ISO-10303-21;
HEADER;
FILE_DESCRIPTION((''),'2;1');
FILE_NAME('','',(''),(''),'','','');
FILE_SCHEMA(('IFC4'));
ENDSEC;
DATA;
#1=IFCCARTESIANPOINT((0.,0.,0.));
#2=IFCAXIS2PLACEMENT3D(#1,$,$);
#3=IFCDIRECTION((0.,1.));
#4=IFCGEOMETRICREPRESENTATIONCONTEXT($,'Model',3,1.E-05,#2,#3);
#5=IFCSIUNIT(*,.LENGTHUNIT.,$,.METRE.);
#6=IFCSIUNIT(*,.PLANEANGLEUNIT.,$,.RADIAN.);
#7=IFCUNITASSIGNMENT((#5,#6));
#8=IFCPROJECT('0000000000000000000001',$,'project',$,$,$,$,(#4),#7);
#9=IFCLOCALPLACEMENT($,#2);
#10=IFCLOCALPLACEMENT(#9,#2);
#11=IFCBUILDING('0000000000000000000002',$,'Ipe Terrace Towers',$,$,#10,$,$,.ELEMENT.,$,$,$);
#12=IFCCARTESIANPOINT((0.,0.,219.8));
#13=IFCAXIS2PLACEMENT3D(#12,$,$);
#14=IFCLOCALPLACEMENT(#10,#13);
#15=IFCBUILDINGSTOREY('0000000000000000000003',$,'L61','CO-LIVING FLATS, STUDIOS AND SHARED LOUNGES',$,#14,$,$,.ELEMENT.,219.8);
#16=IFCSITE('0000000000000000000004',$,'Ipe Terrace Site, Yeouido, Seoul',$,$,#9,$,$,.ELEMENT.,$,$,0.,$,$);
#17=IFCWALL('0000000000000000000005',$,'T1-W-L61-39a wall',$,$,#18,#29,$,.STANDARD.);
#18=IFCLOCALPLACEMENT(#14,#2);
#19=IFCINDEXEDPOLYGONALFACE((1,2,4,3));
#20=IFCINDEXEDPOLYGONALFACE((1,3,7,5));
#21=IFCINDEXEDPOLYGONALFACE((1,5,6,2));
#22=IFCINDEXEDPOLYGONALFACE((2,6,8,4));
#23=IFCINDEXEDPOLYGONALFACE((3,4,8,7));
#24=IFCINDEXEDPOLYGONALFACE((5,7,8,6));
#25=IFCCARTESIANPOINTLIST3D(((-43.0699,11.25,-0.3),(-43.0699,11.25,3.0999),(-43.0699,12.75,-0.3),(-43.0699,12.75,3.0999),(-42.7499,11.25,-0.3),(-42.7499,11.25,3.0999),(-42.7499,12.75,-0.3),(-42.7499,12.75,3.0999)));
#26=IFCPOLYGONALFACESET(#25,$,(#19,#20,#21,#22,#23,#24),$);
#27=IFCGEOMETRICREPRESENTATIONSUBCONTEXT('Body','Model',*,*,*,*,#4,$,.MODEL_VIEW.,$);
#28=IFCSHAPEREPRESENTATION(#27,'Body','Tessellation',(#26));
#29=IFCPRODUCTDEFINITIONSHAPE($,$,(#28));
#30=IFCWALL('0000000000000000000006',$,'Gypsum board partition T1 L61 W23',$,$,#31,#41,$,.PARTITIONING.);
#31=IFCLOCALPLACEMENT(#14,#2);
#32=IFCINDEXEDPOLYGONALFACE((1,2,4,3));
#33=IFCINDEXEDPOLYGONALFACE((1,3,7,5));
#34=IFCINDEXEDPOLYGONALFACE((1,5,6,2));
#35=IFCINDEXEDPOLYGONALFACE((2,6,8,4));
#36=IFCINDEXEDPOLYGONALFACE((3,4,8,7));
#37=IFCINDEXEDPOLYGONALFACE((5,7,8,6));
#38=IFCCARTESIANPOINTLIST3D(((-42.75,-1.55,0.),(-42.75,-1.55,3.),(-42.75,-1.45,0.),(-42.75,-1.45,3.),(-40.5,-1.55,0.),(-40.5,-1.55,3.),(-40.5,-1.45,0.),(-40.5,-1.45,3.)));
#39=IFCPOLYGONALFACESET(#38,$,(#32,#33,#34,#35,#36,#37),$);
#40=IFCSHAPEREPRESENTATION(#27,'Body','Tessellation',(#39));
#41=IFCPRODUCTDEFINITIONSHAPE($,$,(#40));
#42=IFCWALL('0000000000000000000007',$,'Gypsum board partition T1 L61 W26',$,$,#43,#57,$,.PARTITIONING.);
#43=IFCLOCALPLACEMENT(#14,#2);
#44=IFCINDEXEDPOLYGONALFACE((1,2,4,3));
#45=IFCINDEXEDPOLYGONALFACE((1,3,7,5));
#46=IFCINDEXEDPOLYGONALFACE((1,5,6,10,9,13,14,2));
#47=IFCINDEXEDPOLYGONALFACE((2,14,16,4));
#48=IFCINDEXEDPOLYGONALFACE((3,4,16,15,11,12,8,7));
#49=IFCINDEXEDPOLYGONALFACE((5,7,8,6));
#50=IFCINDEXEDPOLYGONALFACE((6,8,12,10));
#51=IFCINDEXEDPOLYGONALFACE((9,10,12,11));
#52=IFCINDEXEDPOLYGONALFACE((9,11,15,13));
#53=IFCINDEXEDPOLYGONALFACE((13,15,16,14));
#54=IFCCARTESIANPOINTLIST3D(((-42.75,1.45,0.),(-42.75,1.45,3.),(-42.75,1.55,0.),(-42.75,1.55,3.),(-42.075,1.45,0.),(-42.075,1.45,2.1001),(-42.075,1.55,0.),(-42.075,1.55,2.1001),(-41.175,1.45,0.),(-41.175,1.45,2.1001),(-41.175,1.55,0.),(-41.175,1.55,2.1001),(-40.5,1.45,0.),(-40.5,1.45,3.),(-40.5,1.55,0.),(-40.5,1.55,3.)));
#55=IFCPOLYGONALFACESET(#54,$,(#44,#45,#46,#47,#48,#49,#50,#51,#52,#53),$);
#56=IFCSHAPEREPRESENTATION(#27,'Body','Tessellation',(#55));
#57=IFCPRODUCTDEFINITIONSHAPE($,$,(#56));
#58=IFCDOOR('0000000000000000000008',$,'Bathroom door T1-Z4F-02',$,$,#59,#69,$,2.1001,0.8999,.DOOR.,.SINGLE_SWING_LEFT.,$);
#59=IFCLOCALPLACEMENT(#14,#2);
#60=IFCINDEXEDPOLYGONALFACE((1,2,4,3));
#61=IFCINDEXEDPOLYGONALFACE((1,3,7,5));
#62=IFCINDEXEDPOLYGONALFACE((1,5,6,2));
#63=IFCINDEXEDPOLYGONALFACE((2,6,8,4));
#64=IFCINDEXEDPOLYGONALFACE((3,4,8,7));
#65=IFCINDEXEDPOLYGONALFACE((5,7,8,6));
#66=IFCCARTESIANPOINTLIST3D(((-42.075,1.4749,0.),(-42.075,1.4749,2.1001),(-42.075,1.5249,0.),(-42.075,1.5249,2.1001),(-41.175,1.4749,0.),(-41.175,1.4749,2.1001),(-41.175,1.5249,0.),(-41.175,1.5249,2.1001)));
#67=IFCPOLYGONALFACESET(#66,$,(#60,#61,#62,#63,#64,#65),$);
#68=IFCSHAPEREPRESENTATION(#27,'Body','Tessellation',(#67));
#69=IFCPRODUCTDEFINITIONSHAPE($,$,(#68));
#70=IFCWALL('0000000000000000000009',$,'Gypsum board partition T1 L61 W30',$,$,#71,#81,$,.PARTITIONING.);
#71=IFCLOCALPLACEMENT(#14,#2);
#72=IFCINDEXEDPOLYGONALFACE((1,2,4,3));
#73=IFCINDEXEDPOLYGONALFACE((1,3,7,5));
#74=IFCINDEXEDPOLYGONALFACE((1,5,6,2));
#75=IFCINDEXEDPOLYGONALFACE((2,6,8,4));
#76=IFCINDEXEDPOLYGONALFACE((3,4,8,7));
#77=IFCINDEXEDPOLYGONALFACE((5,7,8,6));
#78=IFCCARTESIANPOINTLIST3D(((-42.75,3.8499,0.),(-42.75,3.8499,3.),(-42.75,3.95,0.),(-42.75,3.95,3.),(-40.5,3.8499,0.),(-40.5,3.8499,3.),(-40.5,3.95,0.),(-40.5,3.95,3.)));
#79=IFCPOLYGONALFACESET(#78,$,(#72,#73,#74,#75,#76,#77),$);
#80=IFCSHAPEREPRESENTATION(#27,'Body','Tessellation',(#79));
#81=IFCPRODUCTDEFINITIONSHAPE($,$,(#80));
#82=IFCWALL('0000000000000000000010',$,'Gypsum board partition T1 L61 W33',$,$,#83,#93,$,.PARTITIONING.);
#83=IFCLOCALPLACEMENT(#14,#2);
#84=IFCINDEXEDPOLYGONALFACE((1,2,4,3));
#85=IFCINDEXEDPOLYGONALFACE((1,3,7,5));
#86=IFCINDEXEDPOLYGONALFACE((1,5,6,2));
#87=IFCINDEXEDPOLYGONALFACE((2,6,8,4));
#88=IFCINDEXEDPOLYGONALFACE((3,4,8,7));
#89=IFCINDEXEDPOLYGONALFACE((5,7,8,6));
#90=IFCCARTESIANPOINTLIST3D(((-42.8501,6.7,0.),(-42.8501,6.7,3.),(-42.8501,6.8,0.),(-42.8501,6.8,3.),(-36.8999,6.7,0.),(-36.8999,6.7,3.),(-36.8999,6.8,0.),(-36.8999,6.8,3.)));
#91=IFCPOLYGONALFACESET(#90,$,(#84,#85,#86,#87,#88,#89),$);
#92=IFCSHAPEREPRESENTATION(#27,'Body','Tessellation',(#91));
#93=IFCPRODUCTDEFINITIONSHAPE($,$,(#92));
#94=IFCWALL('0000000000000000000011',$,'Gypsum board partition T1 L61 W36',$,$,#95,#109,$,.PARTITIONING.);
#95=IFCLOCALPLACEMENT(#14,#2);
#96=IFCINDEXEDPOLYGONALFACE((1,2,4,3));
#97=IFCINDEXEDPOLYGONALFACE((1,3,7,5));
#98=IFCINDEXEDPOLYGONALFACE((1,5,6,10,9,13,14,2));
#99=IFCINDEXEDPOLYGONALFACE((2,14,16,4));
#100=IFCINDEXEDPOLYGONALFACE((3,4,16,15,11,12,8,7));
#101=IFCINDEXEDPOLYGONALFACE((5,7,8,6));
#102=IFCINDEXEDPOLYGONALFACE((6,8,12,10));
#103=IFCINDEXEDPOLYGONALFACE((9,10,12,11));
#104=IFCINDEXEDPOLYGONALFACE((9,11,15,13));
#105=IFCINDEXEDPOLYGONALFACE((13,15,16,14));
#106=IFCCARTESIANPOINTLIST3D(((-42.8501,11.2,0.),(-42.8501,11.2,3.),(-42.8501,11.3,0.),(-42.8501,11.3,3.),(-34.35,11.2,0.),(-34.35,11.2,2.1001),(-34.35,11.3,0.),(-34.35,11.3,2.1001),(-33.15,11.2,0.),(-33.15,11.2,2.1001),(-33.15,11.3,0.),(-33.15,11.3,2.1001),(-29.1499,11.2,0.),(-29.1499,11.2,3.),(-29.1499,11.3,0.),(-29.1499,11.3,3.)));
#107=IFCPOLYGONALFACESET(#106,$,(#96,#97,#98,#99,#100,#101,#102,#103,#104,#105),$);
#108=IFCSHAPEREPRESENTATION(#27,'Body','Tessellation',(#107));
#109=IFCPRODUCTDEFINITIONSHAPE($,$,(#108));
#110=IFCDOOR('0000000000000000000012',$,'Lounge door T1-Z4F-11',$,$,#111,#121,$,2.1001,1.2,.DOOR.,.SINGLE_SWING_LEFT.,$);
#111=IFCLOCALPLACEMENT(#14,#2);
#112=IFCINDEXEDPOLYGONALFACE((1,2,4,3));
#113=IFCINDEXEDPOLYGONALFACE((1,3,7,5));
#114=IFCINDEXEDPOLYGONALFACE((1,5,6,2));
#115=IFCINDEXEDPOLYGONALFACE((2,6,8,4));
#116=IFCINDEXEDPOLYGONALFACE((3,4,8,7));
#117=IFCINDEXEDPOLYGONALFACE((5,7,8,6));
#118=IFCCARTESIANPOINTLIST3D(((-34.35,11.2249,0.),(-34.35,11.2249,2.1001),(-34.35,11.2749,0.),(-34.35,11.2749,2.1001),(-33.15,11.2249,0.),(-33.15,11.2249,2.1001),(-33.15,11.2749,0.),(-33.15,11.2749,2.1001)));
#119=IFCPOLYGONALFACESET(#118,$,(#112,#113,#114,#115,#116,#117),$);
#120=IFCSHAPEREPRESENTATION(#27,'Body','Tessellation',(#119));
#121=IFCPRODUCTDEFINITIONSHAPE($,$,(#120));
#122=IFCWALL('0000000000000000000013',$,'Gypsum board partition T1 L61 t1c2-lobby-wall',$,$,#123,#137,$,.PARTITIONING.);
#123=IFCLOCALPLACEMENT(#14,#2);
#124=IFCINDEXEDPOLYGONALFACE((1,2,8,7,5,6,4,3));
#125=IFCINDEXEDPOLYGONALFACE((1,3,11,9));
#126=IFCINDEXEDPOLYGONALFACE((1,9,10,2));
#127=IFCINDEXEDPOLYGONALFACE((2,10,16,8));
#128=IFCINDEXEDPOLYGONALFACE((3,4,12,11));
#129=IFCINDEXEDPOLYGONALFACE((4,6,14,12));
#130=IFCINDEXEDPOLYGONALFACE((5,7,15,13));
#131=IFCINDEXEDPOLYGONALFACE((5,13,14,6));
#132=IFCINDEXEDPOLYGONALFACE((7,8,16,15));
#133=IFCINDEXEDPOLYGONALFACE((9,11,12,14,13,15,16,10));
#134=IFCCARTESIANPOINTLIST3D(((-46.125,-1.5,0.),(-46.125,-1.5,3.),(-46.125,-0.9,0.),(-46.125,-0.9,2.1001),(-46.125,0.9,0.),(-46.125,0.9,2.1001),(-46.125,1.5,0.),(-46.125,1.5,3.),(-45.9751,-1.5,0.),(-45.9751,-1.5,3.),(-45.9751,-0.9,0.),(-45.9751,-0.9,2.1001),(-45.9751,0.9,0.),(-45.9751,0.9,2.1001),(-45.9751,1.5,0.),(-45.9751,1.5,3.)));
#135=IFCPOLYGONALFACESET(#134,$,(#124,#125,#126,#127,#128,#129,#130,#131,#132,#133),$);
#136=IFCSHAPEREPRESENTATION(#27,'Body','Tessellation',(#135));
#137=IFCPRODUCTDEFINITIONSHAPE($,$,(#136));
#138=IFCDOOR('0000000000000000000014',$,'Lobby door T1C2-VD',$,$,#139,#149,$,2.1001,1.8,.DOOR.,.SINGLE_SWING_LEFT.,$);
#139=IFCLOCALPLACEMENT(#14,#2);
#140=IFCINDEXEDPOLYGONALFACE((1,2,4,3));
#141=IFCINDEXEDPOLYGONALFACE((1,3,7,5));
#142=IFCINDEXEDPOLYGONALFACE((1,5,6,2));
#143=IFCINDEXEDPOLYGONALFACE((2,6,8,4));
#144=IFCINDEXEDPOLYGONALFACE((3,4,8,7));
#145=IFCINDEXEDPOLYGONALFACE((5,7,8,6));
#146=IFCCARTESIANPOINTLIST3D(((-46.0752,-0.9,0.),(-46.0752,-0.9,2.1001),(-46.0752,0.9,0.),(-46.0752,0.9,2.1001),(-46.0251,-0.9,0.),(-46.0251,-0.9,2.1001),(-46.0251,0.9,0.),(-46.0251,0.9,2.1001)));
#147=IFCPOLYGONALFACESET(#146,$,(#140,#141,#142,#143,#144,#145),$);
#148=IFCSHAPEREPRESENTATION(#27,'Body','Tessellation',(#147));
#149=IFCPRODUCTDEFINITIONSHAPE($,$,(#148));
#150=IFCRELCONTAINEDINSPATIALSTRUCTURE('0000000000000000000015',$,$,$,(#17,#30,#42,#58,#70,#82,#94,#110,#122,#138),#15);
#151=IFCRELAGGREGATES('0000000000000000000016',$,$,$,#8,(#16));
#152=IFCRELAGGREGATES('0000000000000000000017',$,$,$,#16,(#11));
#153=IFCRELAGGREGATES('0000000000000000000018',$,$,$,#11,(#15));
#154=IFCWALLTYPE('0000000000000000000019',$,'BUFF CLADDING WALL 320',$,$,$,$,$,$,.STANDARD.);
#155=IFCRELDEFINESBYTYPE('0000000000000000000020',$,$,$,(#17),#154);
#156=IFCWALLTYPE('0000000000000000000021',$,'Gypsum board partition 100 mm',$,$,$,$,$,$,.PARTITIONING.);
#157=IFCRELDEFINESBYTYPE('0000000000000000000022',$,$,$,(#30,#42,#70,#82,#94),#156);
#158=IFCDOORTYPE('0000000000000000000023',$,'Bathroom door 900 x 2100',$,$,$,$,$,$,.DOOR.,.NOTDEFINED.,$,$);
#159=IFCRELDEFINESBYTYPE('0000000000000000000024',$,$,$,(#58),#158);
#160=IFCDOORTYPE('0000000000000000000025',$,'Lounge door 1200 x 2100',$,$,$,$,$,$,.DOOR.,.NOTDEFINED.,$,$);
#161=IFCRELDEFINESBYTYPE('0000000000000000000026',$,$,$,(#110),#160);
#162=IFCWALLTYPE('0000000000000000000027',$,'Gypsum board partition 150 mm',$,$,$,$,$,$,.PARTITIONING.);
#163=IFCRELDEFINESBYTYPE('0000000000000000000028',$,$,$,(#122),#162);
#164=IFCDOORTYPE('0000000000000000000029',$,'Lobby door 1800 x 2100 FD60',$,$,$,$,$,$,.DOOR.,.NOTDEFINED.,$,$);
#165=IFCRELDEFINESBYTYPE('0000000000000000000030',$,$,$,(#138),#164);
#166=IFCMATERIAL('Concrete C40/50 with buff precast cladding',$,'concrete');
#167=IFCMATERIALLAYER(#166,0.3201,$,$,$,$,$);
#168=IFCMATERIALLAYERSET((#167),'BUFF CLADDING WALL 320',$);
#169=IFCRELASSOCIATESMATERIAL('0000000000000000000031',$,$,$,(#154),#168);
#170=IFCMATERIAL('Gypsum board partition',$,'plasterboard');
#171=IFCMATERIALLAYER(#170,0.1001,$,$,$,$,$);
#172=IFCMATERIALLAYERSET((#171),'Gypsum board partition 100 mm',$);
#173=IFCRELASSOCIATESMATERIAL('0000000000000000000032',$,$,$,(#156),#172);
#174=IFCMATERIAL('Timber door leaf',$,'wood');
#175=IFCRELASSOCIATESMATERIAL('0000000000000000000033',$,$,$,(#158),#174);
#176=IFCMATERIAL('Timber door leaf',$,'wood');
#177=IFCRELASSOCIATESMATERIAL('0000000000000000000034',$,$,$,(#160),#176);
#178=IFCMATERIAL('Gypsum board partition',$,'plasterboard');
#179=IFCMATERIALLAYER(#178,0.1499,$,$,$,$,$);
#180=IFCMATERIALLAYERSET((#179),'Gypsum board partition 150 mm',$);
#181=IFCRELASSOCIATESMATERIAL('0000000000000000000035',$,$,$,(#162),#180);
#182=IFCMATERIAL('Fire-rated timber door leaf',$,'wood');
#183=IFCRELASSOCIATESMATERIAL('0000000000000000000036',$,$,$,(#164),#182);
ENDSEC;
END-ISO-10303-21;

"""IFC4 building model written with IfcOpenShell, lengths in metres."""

from ifc_helpers import new_model, si_unit, direction, frame, frame_2d, origin, place, context, subcontext, project, spatial, rectangle, extrude, material, layer, layer_set, type_object, element, fill, save


model = new_model("IFC4")

# Units and contexts
model_context = context("Model", 3, precision=1e-05, world=origin(), true_north=direction((0.0, 1.0)))
body_context = subcontext(model_context, "Body", "Model", "MODEL_VIEW")
ifc_project = project(units=[si_unit("LENGTHUNIT", "METRE"), si_unit("PLANEANGLEUNIT", "RADIAN")], contexts=[model_context])

# Site, building, storey
site_placement = place(None, origin())
site = spatial("IfcSite", under=ifc_project, at=site_placement, Name="Ipe Terrace Site, Yeouido, Seoul", CompositionType="ELEMENT", RefElevation=0.0)
building_placement = place(site_placement, origin())
building = spatial("IfcBuilding", under=site, at=building_placement, Name="Ipe Terrace Towers", CompositionType="ELEMENT")
storey_placement = place(building_placement, frame((0.0, 0.0, 219.8)))
storey = spatial("IfcBuildingStorey", under=building, at=storey_placement, Name="L61", Description="CO-LIVING FLATS, STUDIOS AND SHARED LOUNGES", CompositionType="ELEMENT", Elevation=219.8)

# Walls
ifc_material_1 = material(Name="Concrete C40/50 with buff precast cladding", Category="concrete")
ifc_layer_1 = layer(ifc_material_1, 0.3201)
ifc_layer_set_1 = layer_set([ifc_layer_1], Name="BUFF CLADDING WALL 320")
wall_type_1 = type_object("IfcWallType", Name="BUFF CLADDING WALL 320", PredefinedType="STANDARD", material=ifc_layer_set_1)
wall_1_placement = place(storey_placement, frame((-42.9099, 12.75, -0.3), z_axis=(0.0, 0.0, 1.0), x_axis=(0.0, -1.0, 0.0)))
element("IfcWall", 1, at=wall_1_placement, inside=storey, type_object=wall_type_1, Name="T1-W-L61-39a wall", PredefinedType="STANDARD", context=body_context, shape_type="SweptSolid", body=[
    extrude(rectangle(XDim=1.5, YDim=0.3201, at=frame_2d((0.75, 0.0))), origin(), (0.0, 0.0, 1.0), 3.3999),
])
ifc_material_2 = material(Name="Gypsum board partition", Category="plasterboard")
ifc_layer_2 = layer(ifc_material_2, 0.1001)
ifc_layer_set_2 = layer_set([ifc_layer_2], Name="Gypsum board partition 100 mm")
wall_type_2 = type_object("IfcWallType", Name="Gypsum board partition 100 mm", PredefinedType="PARTITIONING", material=ifc_layer_set_2)
wall_2_placement = place(storey_placement, frame((-42.75, -1.5, 0.0), z_axis=(0.0, 0.0, 1.0), x_axis=(1.0, 0.0, 0.0)))
element("IfcWall", 2, at=wall_2_placement, inside=storey, type_object=wall_type_2, Name="Gypsum board partition T1 L61 W23", PredefinedType="PARTITIONING", context=body_context, shape_type="SweptSolid", body=[
    extrude(rectangle(XDim=2.25, YDim=0.1001, at=frame_2d((1.125, 0.0))), origin(), (0.0, 0.0, 1.0), 3.0),
])

# Wall, opening, door
wall_3_placement = place(storey_placement, frame((-42.75, 1.5, 0.0), z_axis=(0.0, 0.0, 1.0), x_axis=(1.0, 0.0, 0.0)))
wall_3 = element("IfcWall", 3, at=wall_3_placement, inside=storey, type_object=wall_type_2, Name="Gypsum board partition T1 L61 W26", PredefinedType="PARTITIONING", context=body_context, shape_type="SweptSolid", body=[
    extrude(rectangle(XDim=2.25, YDim=0.1001, at=frame_2d((1.125, 0.0))), origin(), (0.0, 0.0, 1.0), 3.0),
])
opening_1_placement = place(wall_3_placement, frame((0.675, 0.0, 0.0)))
opening_1 = element("IfcOpeningElement", 4, at=opening_1_placement, cuts=wall_3, PredefinedType="OPENING", context=body_context, shape_type="SweptSolid", body=[
    extrude(rectangle(XDim=0.8999, YDim=2.1001, at=frame_2d((0.45, 1.05))), frame((0.0, 0.0601, 0.0), z_axis=(0.0, -1.0, 0.0), x_axis=(1.0, 0.0, 0.0)), (0.0, 0.0, 1.0), 0.1201),
])
ifc_material_3 = material(Name="Timber door leaf", Category="wood")
door_type_1 = type_object("IfcDoorType", Name="Bathroom door 900 x 2100", OperationType="NOTDEFINED", PredefinedType="DOOR", material=ifc_material_3)
door_1_placement = place(opening_1_placement, origin())
door_1 = element("IfcDoor", 5, at=door_1_placement, inside=storey, type_object=door_type_1, Name="Bathroom door T1-Z4F-02", OperationType="SINGLE_SWING_LEFT", OverallHeight=2.1001, OverallWidth=0.8999, PredefinedType="DOOR", context=body_context, shape_type="SweptSolid", body=[
    extrude(rectangle(XDim=0.8999, YDim=2.1001, at=frame_2d((0.45, 1.05))), frame((0.0, 0.0249, 0.0), z_axis=(0.0, -1.0, 0.0), x_axis=(1.0, 0.0, 0.0)), (0.0, 0.0, 1.0), 0.05),
])
fill(opening_1, door_1)

# Walls
wall_4_placement = place(storey_placement, frame((-42.75, 3.8999, 0.0), z_axis=(0.0, 0.0, 1.0), x_axis=(1.0, 0.0, 0.0)))
element("IfcWall", 6, at=wall_4_placement, inside=storey, type_object=wall_type_2, Name="Gypsum board partition T1 L61 W30", PredefinedType="PARTITIONING", context=body_context, shape_type="SweptSolid", body=[
    extrude(rectangle(XDim=2.25, YDim=0.1001, at=frame_2d((1.125, 0.0))), origin(), (0.0, 0.0, 1.0), 3.0),
])
wall_5_placement = place(storey_placement, frame((-42.8501, 6.75, 0.0), z_axis=(0.0, 0.0, 1.0), x_axis=(1.0, 0.0, 0.0)))
element("IfcWall", 7, at=wall_5_placement, inside=storey, type_object=wall_type_2, Name="Gypsum board partition T1 L61 W33", PredefinedType="PARTITIONING", context=body_context, shape_type="SweptSolid", body=[
    extrude(rectangle(XDim=5.9502, YDim=0.1001, at=frame_2d((2.9751, 0.0))), origin(), (0.0, 0.0, 1.0), 3.0),
])

# Walls, openings, doors
wall_6_placement = place(storey_placement, frame((-42.8501, 11.25, 0.0), z_axis=(0.0, 0.0, 1.0), x_axis=(1.0, 0.0, 0.0)))
wall_6 = element("IfcWall", 8, at=wall_6_placement, inside=storey, type_object=wall_type_2, Name="Gypsum board partition T1 L61 W36", PredefinedType="PARTITIONING", context=body_context, shape_type="SweptSolid", body=[
    extrude(rectangle(XDim=13.7002, YDim=0.1001, at=frame_2d((6.8501, 0.0))), origin(), (0.0, 0.0, 1.0), 3.0),
])
opening_2_placement = place(wall_6_placement, frame((8.5, 0.0, 0.0)))
opening_2 = element("IfcOpeningElement", 9, at=opening_2_placement, cuts=wall_6, PredefinedType="OPENING", context=body_context, shape_type="SweptSolid", body=[
    extrude(rectangle(XDim=1.2, YDim=2.1001, at=frame_2d((0.6001, 1.05))), frame((0.0, 0.0601, 0.0), z_axis=(0.0, -1.0, 0.0), x_axis=(1.0, 0.0, 0.0)), (0.0, 0.0, 1.0), 0.1201),
])
ifc_material_4 = material(Name="Timber door leaf", Category="wood")
door_type_2 = type_object("IfcDoorType", Name="Lounge door 1200 x 2100", OperationType="NOTDEFINED", PredefinedType="DOOR", material=ifc_material_4)
door_2_placement = place(opening_2_placement, origin())
door_2 = element("IfcDoor", 10, at=door_2_placement, inside=storey, type_object=door_type_2, Name="Lounge door T1-Z4F-11", OperationType="SINGLE_SWING_LEFT", OverallHeight=2.1001, OverallWidth=1.2, PredefinedType="DOOR", context=body_context, shape_type="SweptSolid", body=[
    extrude(rectangle(XDim=1.2, YDim=2.1001, at=frame_2d((0.6001, 1.05))), frame((0.0, 0.0249, 0.0), z_axis=(0.0, -1.0, 0.0), x_axis=(1.0, 0.0, 0.0)), (0.0, 0.0, 1.0), 0.05),
])
fill(opening_2, door_2)
ifc_material_5 = material(Name="Gypsum board partition", Category="plasterboard")
ifc_layer_3 = layer(ifc_material_5, 0.1499)
ifc_layer_set_3 = layer_set([ifc_layer_3], Name="Gypsum board partition 150 mm")
wall_type_3 = type_object("IfcWallType", Name="Gypsum board partition 150 mm", PredefinedType="PARTITIONING", material=ifc_layer_set_3)
wall_7_placement = place(storey_placement, frame((-46.05, 1.5, 0.0), z_axis=(0.0, 0.0, 1.0), x_axis=(0.0, -1.0, 0.0)))
wall_7 = element("IfcWall", 11, at=wall_7_placement, inside=storey, type_object=wall_type_3, Name="Gypsum board partition T1 L61 t1c2-lobby-wall", PredefinedType="PARTITIONING", context=body_context, shape_type="SweptSolid", body=[
    extrude(rectangle(XDim=3.0, YDim=0.1499, at=frame_2d((1.5, 0.0))), origin(), (0.0, 0.0, 1.0), 3.0),
])
opening_3_placement = place(wall_7_placement, frame((0.6001, 0.0, 0.0)))
opening_3 = element("IfcOpeningElement", 12, at=opening_3_placement, cuts=wall_7, PredefinedType="OPENING", context=body_context, shape_type="SweptSolid", body=[
    extrude(rectangle(XDim=1.8, YDim=2.1001, at=frame_2d((0.8999, 1.05))), frame((0.0, 0.085, 0.0), z_axis=(0.0, -1.0, 0.0), x_axis=(1.0, 0.0, 0.0)), (0.0, 0.0, 1.0), 0.1699),
])
ifc_material_6 = material(Name="Fire-rated timber door leaf", Category="wood")
door_type_3 = type_object("IfcDoorType", Name="Lobby door 1800 x 2100 FD60", OperationType="NOTDEFINED", PredefinedType="DOOR", material=ifc_material_6)
door_3_placement = place(opening_3_placement, origin())
door_3 = element("IfcDoor", 13, at=door_3_placement, inside=storey, type_object=door_type_3, Name="Lobby door T1C2-VD", OperationType="SINGLE_SWING_LEFT", OverallHeight=2.1001, OverallWidth=1.8, PredefinedType="DOOR", context=body_context, shape_type="SweptSolid", body=[
    extrude(rectangle(XDim=1.8, YDim=2.1001, at=frame_2d((0.8999, 1.05))), frame((0.0, 0.0249, 0.0), z_axis=(0.0, -1.0, 0.0), x_axis=(1.0, 0.0, 0.0)), (0.0, 0.0, 1.0), 0.05),
])
fill(opening_3, door_3)

save(model, "model.ifc")
